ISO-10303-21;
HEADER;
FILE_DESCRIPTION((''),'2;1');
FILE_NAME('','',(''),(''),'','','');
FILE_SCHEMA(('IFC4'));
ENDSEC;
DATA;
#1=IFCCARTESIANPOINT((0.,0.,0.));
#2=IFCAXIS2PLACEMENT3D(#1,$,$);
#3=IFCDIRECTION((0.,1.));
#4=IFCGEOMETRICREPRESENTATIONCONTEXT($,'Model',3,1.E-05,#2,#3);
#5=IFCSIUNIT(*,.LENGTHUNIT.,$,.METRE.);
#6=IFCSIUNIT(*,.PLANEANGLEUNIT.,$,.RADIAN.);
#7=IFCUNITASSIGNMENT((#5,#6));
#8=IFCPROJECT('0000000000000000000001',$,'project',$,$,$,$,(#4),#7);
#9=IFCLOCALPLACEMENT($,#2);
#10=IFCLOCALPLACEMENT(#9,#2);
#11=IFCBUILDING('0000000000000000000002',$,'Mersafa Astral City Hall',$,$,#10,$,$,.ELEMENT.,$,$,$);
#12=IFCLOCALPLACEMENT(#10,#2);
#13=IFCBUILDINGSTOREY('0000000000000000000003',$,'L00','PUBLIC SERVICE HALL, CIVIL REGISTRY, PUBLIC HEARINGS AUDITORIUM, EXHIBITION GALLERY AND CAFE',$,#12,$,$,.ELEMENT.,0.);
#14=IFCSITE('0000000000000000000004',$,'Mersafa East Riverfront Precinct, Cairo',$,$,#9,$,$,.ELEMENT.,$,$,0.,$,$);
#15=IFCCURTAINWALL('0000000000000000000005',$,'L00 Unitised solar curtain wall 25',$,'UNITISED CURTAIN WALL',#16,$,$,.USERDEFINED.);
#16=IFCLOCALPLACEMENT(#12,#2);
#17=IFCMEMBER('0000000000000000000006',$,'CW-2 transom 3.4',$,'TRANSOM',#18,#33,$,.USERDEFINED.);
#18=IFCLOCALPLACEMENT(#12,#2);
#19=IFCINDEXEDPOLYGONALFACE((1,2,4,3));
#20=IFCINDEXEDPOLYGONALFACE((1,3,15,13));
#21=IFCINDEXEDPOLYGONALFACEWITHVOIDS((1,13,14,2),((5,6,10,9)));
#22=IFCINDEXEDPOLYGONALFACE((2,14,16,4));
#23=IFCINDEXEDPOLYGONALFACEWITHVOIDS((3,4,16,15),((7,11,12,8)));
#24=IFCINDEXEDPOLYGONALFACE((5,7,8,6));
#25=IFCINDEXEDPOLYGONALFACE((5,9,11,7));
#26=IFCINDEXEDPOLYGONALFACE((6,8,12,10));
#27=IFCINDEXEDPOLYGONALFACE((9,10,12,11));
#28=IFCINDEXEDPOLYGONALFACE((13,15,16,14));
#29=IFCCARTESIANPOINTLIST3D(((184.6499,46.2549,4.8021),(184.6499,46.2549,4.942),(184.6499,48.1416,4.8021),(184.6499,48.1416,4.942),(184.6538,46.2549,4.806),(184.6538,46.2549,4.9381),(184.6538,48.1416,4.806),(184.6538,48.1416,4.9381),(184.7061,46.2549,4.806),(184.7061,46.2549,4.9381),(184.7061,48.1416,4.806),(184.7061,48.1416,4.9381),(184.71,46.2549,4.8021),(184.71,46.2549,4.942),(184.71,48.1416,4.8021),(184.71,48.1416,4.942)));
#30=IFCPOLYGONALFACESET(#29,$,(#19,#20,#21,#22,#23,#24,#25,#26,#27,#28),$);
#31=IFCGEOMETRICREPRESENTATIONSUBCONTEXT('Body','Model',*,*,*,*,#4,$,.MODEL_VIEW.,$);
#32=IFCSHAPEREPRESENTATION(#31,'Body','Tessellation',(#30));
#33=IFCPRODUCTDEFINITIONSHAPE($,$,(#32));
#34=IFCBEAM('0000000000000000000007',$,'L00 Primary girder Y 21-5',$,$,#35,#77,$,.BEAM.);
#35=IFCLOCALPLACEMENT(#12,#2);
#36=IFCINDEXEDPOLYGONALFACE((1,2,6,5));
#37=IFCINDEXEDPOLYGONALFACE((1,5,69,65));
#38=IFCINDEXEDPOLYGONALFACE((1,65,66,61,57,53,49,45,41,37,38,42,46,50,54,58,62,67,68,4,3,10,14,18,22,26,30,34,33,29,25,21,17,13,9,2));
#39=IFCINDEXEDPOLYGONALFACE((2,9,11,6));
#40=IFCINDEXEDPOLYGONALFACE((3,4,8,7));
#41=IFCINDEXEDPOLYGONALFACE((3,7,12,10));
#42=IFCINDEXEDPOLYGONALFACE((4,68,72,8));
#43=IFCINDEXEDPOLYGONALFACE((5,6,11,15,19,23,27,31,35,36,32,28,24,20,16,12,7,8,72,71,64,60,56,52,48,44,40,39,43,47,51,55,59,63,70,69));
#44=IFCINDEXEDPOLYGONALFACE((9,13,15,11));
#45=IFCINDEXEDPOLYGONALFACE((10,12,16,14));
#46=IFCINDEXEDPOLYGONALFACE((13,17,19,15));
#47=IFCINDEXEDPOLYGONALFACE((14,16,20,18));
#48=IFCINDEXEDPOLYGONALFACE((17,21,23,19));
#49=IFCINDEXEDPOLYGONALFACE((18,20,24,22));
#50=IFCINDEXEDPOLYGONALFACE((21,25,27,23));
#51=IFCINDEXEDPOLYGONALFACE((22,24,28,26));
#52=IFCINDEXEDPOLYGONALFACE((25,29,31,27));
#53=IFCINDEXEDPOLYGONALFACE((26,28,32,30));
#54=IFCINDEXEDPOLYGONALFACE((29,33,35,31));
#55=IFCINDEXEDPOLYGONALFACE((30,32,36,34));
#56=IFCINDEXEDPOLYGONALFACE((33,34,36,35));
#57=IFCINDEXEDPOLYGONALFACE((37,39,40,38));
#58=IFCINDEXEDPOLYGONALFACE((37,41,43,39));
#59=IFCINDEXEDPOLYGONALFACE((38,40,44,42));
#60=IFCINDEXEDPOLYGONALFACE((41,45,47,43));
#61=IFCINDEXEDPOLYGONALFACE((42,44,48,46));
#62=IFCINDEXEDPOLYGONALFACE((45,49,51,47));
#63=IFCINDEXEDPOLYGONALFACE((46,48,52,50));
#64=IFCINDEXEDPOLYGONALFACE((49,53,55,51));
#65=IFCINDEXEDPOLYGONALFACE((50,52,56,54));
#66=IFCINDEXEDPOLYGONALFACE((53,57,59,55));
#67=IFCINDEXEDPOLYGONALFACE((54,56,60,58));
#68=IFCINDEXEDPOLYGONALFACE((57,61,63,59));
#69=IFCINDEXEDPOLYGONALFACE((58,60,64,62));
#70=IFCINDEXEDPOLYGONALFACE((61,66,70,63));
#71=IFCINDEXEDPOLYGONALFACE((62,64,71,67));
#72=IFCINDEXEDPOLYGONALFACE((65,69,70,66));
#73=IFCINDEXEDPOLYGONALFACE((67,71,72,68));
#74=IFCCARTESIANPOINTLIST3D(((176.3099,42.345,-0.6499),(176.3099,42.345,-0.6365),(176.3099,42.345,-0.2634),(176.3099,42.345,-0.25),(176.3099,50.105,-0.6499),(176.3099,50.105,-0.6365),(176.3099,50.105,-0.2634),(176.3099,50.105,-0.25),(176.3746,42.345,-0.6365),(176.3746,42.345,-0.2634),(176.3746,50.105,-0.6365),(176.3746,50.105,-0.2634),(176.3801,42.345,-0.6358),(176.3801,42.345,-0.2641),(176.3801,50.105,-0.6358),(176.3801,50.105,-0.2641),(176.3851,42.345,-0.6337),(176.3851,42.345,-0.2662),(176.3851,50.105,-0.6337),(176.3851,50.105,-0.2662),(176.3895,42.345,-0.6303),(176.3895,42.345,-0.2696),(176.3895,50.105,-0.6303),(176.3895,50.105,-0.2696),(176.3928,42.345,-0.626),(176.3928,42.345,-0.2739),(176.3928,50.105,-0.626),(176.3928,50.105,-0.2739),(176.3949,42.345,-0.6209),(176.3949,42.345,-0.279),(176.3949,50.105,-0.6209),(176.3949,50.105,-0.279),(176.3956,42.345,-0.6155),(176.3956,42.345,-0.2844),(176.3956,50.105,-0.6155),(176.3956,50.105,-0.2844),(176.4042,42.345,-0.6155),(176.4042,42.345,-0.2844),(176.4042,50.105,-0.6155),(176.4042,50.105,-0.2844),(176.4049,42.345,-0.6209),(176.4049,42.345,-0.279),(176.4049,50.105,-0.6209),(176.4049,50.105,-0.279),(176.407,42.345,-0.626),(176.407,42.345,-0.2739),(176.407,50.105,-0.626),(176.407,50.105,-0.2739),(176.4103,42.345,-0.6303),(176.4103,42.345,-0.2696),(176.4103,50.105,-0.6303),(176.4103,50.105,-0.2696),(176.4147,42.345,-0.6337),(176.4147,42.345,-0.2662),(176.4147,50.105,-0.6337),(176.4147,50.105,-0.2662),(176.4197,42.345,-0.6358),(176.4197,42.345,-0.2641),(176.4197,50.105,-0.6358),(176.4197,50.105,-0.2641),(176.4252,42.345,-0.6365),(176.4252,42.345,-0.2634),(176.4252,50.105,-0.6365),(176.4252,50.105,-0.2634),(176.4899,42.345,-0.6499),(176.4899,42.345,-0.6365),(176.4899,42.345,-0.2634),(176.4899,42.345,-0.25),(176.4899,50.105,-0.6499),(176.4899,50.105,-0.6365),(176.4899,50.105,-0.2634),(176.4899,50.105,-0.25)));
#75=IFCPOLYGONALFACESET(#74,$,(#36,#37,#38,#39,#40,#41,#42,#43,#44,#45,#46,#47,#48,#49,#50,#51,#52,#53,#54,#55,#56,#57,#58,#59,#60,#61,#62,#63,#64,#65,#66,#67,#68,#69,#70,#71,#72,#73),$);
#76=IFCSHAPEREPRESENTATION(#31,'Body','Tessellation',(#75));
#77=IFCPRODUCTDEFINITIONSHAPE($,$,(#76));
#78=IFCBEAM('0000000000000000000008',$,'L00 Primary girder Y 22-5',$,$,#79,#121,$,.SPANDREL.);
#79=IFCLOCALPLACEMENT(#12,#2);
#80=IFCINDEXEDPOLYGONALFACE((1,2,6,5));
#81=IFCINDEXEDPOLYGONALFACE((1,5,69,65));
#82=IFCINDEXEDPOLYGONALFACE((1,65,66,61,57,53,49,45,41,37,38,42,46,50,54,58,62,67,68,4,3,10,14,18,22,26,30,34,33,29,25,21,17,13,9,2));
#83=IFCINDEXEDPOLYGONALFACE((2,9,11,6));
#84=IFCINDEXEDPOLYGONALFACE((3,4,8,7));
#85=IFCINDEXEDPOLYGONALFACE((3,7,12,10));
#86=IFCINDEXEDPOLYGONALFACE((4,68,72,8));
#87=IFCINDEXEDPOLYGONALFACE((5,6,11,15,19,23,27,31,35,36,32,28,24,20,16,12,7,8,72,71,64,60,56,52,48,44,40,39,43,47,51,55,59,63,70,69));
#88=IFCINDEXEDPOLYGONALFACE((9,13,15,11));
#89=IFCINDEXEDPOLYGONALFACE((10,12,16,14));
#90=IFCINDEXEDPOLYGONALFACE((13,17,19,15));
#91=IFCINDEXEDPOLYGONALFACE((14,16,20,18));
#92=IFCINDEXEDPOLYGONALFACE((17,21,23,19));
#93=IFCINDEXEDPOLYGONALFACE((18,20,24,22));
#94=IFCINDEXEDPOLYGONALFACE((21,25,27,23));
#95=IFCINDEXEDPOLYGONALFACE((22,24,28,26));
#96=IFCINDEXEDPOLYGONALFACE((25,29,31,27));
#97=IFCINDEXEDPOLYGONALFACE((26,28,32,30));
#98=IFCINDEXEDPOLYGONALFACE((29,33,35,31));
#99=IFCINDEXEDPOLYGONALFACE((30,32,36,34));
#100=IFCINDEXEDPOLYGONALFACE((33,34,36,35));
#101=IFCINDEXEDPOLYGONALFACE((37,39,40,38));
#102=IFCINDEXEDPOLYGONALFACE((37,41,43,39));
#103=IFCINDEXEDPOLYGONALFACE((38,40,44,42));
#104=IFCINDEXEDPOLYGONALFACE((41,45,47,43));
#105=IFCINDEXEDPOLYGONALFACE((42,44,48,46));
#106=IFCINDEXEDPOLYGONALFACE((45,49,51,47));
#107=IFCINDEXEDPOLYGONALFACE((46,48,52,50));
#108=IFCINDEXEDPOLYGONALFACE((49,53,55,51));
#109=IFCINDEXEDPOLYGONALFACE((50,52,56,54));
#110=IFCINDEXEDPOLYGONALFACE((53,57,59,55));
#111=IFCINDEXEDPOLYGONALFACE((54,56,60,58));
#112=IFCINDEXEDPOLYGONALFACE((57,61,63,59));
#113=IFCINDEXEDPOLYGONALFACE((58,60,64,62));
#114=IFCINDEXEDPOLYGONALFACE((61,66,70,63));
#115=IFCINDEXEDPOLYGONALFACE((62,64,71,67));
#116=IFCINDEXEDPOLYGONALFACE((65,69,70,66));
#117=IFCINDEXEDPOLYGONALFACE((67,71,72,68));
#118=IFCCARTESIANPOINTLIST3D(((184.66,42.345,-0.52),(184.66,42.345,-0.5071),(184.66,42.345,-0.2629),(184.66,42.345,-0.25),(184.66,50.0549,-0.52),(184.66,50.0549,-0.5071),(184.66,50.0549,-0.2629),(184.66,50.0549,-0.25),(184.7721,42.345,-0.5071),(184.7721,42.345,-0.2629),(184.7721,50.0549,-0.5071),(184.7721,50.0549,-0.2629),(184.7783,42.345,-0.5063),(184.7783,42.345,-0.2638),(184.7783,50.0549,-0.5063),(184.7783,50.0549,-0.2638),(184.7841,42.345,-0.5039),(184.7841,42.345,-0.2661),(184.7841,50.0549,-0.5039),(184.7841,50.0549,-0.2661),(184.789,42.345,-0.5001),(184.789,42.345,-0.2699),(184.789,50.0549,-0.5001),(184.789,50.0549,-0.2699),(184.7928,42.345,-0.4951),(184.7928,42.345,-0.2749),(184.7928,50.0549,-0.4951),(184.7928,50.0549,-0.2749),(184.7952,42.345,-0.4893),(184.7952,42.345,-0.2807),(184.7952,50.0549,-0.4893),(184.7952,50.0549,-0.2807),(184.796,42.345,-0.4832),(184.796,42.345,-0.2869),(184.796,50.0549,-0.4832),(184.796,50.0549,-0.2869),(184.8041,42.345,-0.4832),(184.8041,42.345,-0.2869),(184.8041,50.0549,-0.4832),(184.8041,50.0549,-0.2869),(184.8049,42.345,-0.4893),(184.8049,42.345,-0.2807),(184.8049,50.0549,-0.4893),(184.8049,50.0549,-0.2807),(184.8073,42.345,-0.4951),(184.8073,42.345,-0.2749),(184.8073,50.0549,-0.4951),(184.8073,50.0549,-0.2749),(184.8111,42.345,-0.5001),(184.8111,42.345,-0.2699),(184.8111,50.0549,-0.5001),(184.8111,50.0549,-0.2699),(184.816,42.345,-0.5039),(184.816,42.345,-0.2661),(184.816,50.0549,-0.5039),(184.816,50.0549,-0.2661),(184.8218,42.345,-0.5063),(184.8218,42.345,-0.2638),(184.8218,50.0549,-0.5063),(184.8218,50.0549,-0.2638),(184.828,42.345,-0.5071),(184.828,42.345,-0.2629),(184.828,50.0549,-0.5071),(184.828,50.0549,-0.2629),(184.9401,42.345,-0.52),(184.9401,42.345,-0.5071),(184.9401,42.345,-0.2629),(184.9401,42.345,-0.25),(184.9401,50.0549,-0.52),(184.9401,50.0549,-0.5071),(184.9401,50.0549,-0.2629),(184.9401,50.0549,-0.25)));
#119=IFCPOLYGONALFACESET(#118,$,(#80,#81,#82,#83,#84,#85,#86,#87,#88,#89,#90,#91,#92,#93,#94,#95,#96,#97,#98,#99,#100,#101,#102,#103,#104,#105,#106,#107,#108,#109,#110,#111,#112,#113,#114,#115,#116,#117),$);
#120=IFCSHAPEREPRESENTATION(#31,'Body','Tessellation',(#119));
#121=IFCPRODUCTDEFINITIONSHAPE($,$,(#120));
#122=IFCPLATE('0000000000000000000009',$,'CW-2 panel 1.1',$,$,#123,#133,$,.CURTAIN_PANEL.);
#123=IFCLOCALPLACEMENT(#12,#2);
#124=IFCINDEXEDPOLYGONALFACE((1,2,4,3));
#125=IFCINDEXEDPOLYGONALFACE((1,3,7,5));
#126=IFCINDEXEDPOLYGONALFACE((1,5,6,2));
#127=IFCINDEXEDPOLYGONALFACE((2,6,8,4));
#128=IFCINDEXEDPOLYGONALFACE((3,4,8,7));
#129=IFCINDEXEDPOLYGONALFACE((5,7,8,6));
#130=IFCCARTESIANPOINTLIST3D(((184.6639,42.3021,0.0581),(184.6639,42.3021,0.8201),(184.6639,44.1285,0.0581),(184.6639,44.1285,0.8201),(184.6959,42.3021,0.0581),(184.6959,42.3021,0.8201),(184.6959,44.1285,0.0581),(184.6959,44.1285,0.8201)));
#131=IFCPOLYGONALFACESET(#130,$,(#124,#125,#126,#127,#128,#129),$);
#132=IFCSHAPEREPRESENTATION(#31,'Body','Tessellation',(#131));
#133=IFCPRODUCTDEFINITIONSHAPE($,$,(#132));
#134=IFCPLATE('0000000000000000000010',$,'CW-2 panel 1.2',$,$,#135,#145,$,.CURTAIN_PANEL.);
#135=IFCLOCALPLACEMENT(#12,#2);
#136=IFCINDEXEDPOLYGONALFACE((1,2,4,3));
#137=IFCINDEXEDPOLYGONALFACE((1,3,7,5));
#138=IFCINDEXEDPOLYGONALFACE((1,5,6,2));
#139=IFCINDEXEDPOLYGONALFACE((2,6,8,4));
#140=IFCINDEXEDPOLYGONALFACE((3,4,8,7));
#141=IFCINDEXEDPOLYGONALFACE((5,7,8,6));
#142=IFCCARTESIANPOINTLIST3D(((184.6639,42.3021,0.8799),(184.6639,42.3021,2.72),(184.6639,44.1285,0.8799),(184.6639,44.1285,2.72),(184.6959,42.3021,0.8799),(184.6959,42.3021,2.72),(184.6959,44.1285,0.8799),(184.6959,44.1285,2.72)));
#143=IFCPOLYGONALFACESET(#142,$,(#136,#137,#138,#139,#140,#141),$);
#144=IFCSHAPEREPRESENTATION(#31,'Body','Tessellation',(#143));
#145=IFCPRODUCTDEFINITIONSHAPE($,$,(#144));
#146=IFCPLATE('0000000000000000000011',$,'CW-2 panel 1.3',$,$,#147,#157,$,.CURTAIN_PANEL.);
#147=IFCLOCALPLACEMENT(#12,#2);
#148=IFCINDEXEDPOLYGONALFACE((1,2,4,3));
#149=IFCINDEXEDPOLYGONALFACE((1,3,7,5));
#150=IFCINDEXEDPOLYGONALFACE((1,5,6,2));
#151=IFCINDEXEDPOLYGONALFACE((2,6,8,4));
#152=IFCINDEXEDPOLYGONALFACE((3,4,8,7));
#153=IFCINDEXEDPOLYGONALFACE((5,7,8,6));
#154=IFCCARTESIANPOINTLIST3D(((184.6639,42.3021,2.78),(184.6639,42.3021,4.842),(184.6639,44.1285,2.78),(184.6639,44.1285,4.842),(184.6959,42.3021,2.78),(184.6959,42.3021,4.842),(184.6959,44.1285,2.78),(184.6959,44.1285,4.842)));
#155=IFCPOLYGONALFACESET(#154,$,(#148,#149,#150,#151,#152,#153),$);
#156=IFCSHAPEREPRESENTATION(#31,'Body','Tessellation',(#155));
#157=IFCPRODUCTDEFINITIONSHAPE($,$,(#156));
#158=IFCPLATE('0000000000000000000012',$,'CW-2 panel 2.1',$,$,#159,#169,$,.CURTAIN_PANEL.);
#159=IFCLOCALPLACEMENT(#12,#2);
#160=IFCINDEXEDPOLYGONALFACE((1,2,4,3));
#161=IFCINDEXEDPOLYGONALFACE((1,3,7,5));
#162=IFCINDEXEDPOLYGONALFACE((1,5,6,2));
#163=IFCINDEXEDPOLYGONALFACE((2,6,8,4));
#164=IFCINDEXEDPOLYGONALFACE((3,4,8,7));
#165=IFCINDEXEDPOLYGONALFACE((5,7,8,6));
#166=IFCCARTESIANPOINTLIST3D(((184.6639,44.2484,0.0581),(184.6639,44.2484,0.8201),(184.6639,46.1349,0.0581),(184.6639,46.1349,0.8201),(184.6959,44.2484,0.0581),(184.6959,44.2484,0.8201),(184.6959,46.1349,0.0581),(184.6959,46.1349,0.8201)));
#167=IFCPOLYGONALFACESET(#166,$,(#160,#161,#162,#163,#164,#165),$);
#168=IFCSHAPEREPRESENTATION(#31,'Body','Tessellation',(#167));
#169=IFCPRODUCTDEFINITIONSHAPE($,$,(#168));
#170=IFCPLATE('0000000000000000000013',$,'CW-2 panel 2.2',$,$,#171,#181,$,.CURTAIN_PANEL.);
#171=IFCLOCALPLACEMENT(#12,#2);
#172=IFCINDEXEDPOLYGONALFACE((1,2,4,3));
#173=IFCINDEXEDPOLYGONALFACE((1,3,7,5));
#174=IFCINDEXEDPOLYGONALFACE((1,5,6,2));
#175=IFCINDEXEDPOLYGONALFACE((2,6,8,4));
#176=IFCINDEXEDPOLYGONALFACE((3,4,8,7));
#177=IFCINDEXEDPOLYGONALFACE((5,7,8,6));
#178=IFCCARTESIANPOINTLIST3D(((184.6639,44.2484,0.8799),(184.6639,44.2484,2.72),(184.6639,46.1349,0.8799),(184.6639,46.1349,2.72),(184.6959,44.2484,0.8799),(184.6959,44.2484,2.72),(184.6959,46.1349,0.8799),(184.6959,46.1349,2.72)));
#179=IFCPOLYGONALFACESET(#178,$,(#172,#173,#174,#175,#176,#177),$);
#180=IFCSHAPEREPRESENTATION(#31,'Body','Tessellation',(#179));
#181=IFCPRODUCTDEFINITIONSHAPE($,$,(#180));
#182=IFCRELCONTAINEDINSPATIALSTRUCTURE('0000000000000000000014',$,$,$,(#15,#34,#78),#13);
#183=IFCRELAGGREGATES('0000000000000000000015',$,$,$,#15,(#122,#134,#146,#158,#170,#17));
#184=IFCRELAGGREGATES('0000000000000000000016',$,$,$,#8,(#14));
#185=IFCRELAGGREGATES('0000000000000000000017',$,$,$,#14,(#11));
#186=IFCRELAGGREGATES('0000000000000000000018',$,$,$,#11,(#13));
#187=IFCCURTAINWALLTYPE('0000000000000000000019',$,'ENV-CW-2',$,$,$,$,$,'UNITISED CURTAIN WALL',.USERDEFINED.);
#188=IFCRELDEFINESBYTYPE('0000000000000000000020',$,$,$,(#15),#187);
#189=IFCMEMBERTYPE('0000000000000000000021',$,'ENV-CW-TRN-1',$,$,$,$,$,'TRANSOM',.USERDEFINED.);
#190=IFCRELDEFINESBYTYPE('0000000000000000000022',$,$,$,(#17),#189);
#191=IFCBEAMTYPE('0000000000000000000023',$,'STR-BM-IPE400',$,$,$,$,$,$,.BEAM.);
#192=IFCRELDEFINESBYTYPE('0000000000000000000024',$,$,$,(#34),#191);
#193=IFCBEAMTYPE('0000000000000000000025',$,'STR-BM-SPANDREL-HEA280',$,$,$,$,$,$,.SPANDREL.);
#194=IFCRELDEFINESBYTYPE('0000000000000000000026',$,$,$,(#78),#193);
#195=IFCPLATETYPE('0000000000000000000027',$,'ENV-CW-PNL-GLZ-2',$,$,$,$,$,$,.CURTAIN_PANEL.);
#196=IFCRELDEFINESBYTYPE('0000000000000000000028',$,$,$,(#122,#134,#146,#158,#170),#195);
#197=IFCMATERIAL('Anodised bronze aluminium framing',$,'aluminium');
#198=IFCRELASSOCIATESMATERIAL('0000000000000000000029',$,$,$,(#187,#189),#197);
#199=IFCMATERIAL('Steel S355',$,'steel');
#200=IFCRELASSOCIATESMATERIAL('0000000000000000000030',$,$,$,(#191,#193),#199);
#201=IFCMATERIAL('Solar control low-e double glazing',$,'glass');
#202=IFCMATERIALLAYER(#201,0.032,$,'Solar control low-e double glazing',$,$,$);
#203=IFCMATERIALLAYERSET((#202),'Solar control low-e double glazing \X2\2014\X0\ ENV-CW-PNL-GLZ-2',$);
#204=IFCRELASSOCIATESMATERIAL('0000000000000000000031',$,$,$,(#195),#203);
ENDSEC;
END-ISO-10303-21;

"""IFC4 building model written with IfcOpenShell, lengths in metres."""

from ifc_helpers import new_model, si_unit, direction, frame, origin, origin_2d, place, context, subcontext, project, spatial, rectangle, hollow_rectangle, i_section, extrude, material, layer, layer_set, material_profile, profile_set, type_object, element, aggregate, save


model = new_model("IFC4")

# Units and contexts
model_context = context("Model", 3, precision=1e-05, world=origin(), true_north=direction((0.0, 1.0)))
body_context = subcontext(model_context, "Body", "Model", "MODEL_VIEW")
ifc_project = project(units=[si_unit("LENGTHUNIT", "METRE"), si_unit("PLANEANGLEUNIT", "RADIAN")], contexts=[model_context])

# Site, building, storey
site_placement = place(None, origin())
site = spatial("IfcSite", under=ifc_project, at=site_placement, Name="Mersafa East Riverfront Precinct, Cairo", CompositionType="ELEMENT", RefElevation=0.0)
building_placement = place(site_placement, origin())
building = spatial("IfcBuilding", under=site, at=building_placement, Name="Mersafa Astral City Hall", CompositionType="ELEMENT")
storey_placement = place(building_placement, origin())
storey = spatial("IfcBuildingStorey", under=building, at=storey_placement, Name="L00", Description="PUBLIC SERVICE HALL, CIVIL REGISTRY, PUBLIC HEARINGS AUDITORIUM, EXHIBITION GALLERY AND CAFE", CompositionType="ELEMENT", Elevation=0.0)

# Curtain wall, member
ifc_material_1 = material(Name="Anodised bronze aluminium framing", Category="aluminium")
curtain_wall_type = type_object("IfcCurtainWallType", Name="ENV-CW-2", ElementType="UNITISED CURTAIN WALL", PredefinedType="USERDEFINED", material=ifc_material_1)
curtain_wall_placement = place(storey_placement, origin())
curtain_wall = element("IfcCurtainWall", 1, at=curtain_wall_placement, inside=storey, type_object=curtain_wall_type, Name="L00 Unitised solar curtain wall 25", ObjectType="UNITISED CURTAIN WALL", PredefinedType="USERDEFINED")
ifc_material_profile_1 = material_profile(ifc_material_1, hollow_rectangle(XDim=0.0601, YDim=0.1399, WallThickness=0.0039, at=origin_2d()), Name="RHS 60x140x4")
ifc_profile_set_1 = profile_set([ifc_material_profile_1], Name="Anodised bronze aluminium framing")
member_type_1 = type_object("IfcMemberType", Name="ENV-CW-TRN-1", ElementType="TRANSOM", PredefinedType="USERDEFINED", material=ifc_profile_set_1)
member_1_placement = place(storey_placement, frame((184.6799, 46.2549, 4.8721), z_axis=(0.0, 1.0, 0.0), x_axis=(-1.0, 0.0, 0.0)))
member_1 = element("IfcMember", 2, at=member_1_placement, type_object=member_type_1, Name="CW-2 transom 3.4", ObjectType="TRANSOM", PredefinedType="USERDEFINED", context=body_context, shape_type="SweptSolid", body=[
    extrude(hollow_rectangle(XDim=0.0601, YDim=0.1399, WallThickness=0.0039, at=origin_2d()), origin(), (0.0, 0.0, 1.0), 1.8867),
])

# Beams
ifc_material_2 = material(Name="Steel S355", Category="steel")
ifc_material_profile_2 = material_profile(ifc_material_2, i_section(OverallWidth=0.1799, OverallDepth=0.3999, WebThickness=0.0085, FlangeThickness=0.0134, FilletRadius=0.021, at=origin_2d()), Name="IPE 400")
ifc_profile_set_2 = profile_set([ifc_material_profile_2], Name="Steel S355")
beam_type_1 = type_object("IfcBeamType", Name="STR-BM-IPE400", PredefinedType="BEAM", material=ifc_profile_set_2)
beam_1_placement = place(storey_placement, frame((176.3999, 42.345, -0.45), z_axis=(0.0, 1.0, 0.0), x_axis=(-1.0, 0.0, 0.0)))
element("IfcBeam", 3, at=beam_1_placement, inside=storey, type_object=beam_type_1, Name="L00 Primary girder Y 21-5", PredefinedType="BEAM", context=body_context, shape_type="SweptSolid", body=[
    extrude(i_section(OverallWidth=0.1799, OverallDepth=0.3999, WebThickness=0.0085, FlangeThickness=0.0134, FilletRadius=0.021, at=origin_2d()), origin(), (0.0, 0.0, 1.0), 7.76),
])
ifc_material_profile_3 = material_profile(ifc_material_2, i_section(OverallWidth=0.28, OverallDepth=0.27, WebThickness=0.0081, FlangeThickness=0.0129, FilletRadius=0.0239, at=origin_2d()), Name="HEA 280")
ifc_profile_set_3 = profile_set([ifc_material_profile_3], Name="Steel S355")
beam_type_2 = type_object("IfcBeamType", Name="STR-BM-SPANDREL-HEA280", PredefinedType="SPANDREL", material=ifc_profile_set_3)
beam_2_placement = place(storey_placement, frame((184.8, 42.345, -0.385), z_axis=(0.0, 1.0, 0.0), x_axis=(-1.0, 0.0, 0.0)))
element("IfcBeam", 4, at=beam_2_placement, inside=storey, type_object=beam_type_2, Name="L00 Primary girder Y 22-5", PredefinedType="SPANDREL", context=body_context, shape_type="SweptSolid", body=[
    extrude(i_section(OverallWidth=0.28, OverallDepth=0.27, WebThickness=0.0081, FlangeThickness=0.0129, FilletRadius=0.0239, at=origin_2d()), origin(), (0.0, 0.0, 1.0), 7.71),
])

# Plates
ifc_material_3 = material(Name="Solar control low-e double glazing", Category="glass")
ifc_layer = layer(ifc_material_3, 0.032, Name="Solar control low-e double glazing")
ifc_layer_set = layer_set([ifc_layer], Name="Solar control low-e double glazing — ENV-CW-PNL-GLZ-2")
plate_type = type_object("IfcPlateType", Name="ENV-CW-PNL-GLZ-2", PredefinedType="CURTAIN_PANEL", material=ifc_layer_set)
plate_1_placement = place(storey_placement, frame((184.6799, 43.2153, 0.0581), z_axis=(0.0, 0.0, 1.0), x_axis=(0.0, 1.0, 0.0)))
plate_1 = element("IfcPlate", 5, at=plate_1_placement, type_object=plate_type, Name="CW-2 panel 1.1", PredefinedType="CURTAIN_PANEL", context=body_context, shape_type="SweptSolid", body=[
    extrude(rectangle(XDim=1.8264, YDim=0.032, at=origin_2d()), origin(), (0.0, 0.0, 1.0), 0.762),
])
plate_2_placement = place(storey_placement, frame((184.6799, 43.2153, 0.8799), z_axis=(0.0, 0.0, 1.0), x_axis=(0.0, 1.0, 0.0)))
plate_2 = element("IfcPlate", 6, at=plate_2_placement, type_object=plate_type, Name="CW-2 panel 1.2", PredefinedType="CURTAIN_PANEL", context=body_context, shape_type="SweptSolid", body=[
    extrude(rectangle(XDim=1.8264, YDim=0.032, at=origin_2d()), origin(), (0.0, 0.0, 1.0), 1.8401),
])
plate_3_placement = place(storey_placement, frame((184.6799, 43.2153, 2.78), z_axis=(0.0, 0.0, 1.0), x_axis=(0.0, 1.0, 0.0)))
plate_3 = element("IfcPlate", 7, at=plate_3_placement, type_object=plate_type, Name="CW-2 panel 1.3", PredefinedType="CURTAIN_PANEL", context=body_context, shape_type="SweptSolid", body=[
    extrude(rectangle(XDim=1.8264, YDim=0.032, at=origin_2d()), origin(), (0.0, 0.0, 1.0), 2.062),
])
plate_4_placement = place(storey_placement, frame((184.6799, 45.1917, 0.0581), z_axis=(0.0, 0.0, 1.0), x_axis=(0.0, 1.0, 0.0)))
plate_4 = element("IfcPlate", 8, at=plate_4_placement, type_object=plate_type, Name="CW-2 panel 2.1", PredefinedType="CURTAIN_PANEL", context=body_context, shape_type="SweptSolid", body=[
    extrude(rectangle(XDim=1.8865, YDim=0.032, at=origin_2d()), origin(), (0.0, 0.0, 1.0), 0.762),
])
plate_5_placement = place(storey_placement, frame((184.6799, 45.1917, 0.8799), z_axis=(0.0, 0.0, 1.0), x_axis=(0.0, 1.0, 0.0)))
plate_5 = element("IfcPlate", 9, at=plate_5_placement, type_object=plate_type, Name="CW-2 panel 2.2", PredefinedType="CURTAIN_PANEL", context=body_context, shape_type="SweptSolid", body=[
    extrude(rectangle(XDim=1.8865, YDim=0.032, at=origin_2d()), origin(), (0.0, 0.0, 1.0), 1.8401),
])
aggregate(curtain_wall, [plate_1, plate_2, plate_3, plate_4, plate_5, member_1])

save(model, "model.ifc")
